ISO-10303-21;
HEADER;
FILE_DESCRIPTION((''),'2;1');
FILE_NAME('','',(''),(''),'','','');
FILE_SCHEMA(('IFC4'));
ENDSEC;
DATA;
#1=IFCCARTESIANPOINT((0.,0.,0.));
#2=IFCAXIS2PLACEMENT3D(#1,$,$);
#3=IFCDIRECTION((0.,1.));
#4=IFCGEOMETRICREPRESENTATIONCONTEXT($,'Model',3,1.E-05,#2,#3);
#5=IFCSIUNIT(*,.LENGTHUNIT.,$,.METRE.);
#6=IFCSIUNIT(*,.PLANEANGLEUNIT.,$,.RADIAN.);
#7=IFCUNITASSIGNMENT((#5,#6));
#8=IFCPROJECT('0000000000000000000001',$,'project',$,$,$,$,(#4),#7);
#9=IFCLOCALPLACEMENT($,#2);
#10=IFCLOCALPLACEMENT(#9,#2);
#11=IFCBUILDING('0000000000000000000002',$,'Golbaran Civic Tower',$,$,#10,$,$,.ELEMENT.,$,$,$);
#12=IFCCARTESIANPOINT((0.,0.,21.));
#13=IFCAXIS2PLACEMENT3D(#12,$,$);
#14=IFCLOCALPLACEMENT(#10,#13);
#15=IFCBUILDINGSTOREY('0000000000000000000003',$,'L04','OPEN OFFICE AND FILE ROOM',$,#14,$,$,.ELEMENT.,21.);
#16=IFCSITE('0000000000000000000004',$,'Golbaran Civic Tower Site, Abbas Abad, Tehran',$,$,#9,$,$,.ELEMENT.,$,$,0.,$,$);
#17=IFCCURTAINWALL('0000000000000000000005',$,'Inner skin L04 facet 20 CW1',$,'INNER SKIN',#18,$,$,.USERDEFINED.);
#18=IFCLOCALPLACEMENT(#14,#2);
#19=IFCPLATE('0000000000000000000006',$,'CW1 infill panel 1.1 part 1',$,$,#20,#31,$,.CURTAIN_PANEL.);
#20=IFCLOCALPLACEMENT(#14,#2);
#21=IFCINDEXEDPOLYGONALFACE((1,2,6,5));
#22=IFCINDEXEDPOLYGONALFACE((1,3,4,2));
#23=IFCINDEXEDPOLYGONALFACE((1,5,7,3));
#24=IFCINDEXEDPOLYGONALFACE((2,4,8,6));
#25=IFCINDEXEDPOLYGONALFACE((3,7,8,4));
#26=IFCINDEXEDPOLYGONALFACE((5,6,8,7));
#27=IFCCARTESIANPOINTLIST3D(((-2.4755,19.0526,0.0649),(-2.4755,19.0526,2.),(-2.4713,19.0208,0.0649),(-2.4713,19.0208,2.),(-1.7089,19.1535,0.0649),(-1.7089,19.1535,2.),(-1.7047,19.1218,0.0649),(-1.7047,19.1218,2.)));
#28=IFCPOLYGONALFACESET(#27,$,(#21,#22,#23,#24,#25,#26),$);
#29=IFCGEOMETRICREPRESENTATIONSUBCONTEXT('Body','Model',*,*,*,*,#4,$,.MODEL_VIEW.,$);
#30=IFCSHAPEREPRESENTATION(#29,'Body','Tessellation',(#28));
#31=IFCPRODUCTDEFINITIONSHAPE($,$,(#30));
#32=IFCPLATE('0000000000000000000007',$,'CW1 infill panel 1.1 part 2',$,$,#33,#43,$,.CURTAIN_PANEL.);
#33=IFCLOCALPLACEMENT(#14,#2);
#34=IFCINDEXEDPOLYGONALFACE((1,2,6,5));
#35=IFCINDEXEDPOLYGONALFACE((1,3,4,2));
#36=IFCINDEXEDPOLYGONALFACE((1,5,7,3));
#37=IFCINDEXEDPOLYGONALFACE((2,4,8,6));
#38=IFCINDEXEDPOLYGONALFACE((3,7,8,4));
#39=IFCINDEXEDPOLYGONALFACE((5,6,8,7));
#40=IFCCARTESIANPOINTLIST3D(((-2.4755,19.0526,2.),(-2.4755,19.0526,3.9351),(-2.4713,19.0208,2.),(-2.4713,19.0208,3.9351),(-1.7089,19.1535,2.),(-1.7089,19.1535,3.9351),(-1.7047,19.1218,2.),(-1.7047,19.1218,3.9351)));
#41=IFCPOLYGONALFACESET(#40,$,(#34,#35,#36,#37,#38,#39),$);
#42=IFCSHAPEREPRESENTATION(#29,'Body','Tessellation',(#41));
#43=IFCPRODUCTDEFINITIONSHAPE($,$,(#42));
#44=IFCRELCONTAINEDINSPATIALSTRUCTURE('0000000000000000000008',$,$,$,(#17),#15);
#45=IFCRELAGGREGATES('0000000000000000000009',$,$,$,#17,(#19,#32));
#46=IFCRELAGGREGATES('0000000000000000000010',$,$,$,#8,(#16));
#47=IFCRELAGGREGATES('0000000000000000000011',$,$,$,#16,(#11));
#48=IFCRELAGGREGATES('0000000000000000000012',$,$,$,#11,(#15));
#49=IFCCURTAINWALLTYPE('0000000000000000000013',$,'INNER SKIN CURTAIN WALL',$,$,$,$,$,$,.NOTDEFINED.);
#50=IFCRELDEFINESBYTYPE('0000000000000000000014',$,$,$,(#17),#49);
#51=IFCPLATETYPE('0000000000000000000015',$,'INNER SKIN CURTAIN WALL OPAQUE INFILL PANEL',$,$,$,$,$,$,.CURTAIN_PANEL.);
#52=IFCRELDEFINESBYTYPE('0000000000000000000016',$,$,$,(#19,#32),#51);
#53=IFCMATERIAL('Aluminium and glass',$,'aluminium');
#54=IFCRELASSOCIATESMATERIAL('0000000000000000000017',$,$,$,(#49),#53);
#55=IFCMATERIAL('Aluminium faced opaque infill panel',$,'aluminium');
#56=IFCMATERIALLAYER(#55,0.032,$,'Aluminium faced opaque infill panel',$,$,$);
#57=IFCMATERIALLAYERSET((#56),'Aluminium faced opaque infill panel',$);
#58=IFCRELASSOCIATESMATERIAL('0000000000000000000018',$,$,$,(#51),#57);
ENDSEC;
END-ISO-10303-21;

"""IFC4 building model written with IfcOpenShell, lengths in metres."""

from ifc_helpers import new_model, si_unit, direction, frame, origin, origin_2d, place, context, subcontext, project, spatial, rectangle, extrude, material, layer, layer_set, type_object, element, aggregate, save


model = new_model("IFC4")

# Units and contexts
model_context = context("Model", 3, precision=1e-05, world=origin(), true_north=direction((0.0, 1.0)))
body_context = subcontext(model_context, "Body", "Model", "MODEL_VIEW")
ifc_project = project(units=[si_unit("LENGTHUNIT", "METRE"), si_unit("PLANEANGLEUNIT", "RADIAN")], contexts=[model_context])

# Site, building, storey
site_placement = place(None, origin())
site = spatial("IfcSite", under=ifc_project, at=site_placement, Name="Golbaran Civic Tower Site, Abbas Abad, Tehran", CompositionType="ELEMENT", RefElevation=0.0)
building_placement = place(site_placement, origin())
building = spatial("IfcBuilding", under=site, at=building_placement, Name="Golbaran Civic Tower", CompositionType="ELEMENT")
storey_placement = place(building_placement, frame((0.0, 0.0, 21.0)))
storey = spatial("IfcBuildingStorey", under=building, at=storey_placement, Name="L04", Description="OPEN OFFICE AND FILE ROOM", CompositionType="ELEMENT", Elevation=21.0)

# Curtain wall
ifc_material_1 = material(Name="Aluminium and glass", Category="aluminium")
curtain_wall_type = type_object("IfcCurtainWallType", Name="INNER SKIN CURTAIN WALL", PredefinedType="NOTDEFINED", material=ifc_material_1)
curtain_wall_1_placement = place(storey_placement, origin())
curtain_wall_1 = element("IfcCurtainWall", 1, at=curtain_wall_1_placement, inside=storey, type_object=curtain_wall_type, Name="Inner skin L04 facet 20 CW1", ObjectType="INNER SKIN", PredefinedType="USERDEFINED")

# Plates
ifc_material_2 = material(Name="Aluminium faced opaque infill panel", Category="aluminium")
ifc_layer_1 = layer(ifc_material_2, 0.032, Name="Aluminium faced opaque infill panel")
ifc_layer_set_1 = layer_set([ifc_layer_1], Name="Aluminium faced opaque infill panel")
plate_type_1 = type_object("IfcPlateType", Name="INNER SKIN CURTAIN WALL OPAQUE INFILL PANEL", PredefinedType="CURTAIN_PANEL", material=ifc_layer_set_1)
plate_1_placement = place(storey_placement, frame((-2.0901, 19.0872, 0.0649), z_axis=(0.0, 0.0, 1.0), x_axis=(-0.991445, -0.130526, 0.0)))
plate_1 = element("IfcPlate", 2, at=plate_1_placement, type_object=plate_type_1, Name="CW1 infill panel 1.1 part 1", PredefinedType="CURTAIN_PANEL", context=body_context, shape_type="SweptSolid", body=[
    extrude(rectangle(XDim=0.7732, YDim=0.032, at=origin_2d()), origin(), (0.0, 0.0, 1.0), 1.9351),
])
plate_2_placement = place(storey_placement, frame((-2.0901, 19.0872, 2.0), z_axis=(0.0, 0.0, 1.0), x_axis=(-0.991445, -0.130526, 0.0)))
plate_2 = element("IfcPlate", 3, at=plate_2_placement, type_object=plate_type_1, Name="CW1 infill panel 1.1 part 2", PredefinedType="CURTAIN_PANEL", context=body_context, shape_type="SweptSolid", body=[
    extrude(rectangle(XDim=0.7732, YDim=0.032, at=origin_2d()), origin(), (0.0, 0.0, 1.0), 1.9351),
])
aggregate(curtain_wall_1, [plate_1, plate_2])

save(model, "model.ifc")
